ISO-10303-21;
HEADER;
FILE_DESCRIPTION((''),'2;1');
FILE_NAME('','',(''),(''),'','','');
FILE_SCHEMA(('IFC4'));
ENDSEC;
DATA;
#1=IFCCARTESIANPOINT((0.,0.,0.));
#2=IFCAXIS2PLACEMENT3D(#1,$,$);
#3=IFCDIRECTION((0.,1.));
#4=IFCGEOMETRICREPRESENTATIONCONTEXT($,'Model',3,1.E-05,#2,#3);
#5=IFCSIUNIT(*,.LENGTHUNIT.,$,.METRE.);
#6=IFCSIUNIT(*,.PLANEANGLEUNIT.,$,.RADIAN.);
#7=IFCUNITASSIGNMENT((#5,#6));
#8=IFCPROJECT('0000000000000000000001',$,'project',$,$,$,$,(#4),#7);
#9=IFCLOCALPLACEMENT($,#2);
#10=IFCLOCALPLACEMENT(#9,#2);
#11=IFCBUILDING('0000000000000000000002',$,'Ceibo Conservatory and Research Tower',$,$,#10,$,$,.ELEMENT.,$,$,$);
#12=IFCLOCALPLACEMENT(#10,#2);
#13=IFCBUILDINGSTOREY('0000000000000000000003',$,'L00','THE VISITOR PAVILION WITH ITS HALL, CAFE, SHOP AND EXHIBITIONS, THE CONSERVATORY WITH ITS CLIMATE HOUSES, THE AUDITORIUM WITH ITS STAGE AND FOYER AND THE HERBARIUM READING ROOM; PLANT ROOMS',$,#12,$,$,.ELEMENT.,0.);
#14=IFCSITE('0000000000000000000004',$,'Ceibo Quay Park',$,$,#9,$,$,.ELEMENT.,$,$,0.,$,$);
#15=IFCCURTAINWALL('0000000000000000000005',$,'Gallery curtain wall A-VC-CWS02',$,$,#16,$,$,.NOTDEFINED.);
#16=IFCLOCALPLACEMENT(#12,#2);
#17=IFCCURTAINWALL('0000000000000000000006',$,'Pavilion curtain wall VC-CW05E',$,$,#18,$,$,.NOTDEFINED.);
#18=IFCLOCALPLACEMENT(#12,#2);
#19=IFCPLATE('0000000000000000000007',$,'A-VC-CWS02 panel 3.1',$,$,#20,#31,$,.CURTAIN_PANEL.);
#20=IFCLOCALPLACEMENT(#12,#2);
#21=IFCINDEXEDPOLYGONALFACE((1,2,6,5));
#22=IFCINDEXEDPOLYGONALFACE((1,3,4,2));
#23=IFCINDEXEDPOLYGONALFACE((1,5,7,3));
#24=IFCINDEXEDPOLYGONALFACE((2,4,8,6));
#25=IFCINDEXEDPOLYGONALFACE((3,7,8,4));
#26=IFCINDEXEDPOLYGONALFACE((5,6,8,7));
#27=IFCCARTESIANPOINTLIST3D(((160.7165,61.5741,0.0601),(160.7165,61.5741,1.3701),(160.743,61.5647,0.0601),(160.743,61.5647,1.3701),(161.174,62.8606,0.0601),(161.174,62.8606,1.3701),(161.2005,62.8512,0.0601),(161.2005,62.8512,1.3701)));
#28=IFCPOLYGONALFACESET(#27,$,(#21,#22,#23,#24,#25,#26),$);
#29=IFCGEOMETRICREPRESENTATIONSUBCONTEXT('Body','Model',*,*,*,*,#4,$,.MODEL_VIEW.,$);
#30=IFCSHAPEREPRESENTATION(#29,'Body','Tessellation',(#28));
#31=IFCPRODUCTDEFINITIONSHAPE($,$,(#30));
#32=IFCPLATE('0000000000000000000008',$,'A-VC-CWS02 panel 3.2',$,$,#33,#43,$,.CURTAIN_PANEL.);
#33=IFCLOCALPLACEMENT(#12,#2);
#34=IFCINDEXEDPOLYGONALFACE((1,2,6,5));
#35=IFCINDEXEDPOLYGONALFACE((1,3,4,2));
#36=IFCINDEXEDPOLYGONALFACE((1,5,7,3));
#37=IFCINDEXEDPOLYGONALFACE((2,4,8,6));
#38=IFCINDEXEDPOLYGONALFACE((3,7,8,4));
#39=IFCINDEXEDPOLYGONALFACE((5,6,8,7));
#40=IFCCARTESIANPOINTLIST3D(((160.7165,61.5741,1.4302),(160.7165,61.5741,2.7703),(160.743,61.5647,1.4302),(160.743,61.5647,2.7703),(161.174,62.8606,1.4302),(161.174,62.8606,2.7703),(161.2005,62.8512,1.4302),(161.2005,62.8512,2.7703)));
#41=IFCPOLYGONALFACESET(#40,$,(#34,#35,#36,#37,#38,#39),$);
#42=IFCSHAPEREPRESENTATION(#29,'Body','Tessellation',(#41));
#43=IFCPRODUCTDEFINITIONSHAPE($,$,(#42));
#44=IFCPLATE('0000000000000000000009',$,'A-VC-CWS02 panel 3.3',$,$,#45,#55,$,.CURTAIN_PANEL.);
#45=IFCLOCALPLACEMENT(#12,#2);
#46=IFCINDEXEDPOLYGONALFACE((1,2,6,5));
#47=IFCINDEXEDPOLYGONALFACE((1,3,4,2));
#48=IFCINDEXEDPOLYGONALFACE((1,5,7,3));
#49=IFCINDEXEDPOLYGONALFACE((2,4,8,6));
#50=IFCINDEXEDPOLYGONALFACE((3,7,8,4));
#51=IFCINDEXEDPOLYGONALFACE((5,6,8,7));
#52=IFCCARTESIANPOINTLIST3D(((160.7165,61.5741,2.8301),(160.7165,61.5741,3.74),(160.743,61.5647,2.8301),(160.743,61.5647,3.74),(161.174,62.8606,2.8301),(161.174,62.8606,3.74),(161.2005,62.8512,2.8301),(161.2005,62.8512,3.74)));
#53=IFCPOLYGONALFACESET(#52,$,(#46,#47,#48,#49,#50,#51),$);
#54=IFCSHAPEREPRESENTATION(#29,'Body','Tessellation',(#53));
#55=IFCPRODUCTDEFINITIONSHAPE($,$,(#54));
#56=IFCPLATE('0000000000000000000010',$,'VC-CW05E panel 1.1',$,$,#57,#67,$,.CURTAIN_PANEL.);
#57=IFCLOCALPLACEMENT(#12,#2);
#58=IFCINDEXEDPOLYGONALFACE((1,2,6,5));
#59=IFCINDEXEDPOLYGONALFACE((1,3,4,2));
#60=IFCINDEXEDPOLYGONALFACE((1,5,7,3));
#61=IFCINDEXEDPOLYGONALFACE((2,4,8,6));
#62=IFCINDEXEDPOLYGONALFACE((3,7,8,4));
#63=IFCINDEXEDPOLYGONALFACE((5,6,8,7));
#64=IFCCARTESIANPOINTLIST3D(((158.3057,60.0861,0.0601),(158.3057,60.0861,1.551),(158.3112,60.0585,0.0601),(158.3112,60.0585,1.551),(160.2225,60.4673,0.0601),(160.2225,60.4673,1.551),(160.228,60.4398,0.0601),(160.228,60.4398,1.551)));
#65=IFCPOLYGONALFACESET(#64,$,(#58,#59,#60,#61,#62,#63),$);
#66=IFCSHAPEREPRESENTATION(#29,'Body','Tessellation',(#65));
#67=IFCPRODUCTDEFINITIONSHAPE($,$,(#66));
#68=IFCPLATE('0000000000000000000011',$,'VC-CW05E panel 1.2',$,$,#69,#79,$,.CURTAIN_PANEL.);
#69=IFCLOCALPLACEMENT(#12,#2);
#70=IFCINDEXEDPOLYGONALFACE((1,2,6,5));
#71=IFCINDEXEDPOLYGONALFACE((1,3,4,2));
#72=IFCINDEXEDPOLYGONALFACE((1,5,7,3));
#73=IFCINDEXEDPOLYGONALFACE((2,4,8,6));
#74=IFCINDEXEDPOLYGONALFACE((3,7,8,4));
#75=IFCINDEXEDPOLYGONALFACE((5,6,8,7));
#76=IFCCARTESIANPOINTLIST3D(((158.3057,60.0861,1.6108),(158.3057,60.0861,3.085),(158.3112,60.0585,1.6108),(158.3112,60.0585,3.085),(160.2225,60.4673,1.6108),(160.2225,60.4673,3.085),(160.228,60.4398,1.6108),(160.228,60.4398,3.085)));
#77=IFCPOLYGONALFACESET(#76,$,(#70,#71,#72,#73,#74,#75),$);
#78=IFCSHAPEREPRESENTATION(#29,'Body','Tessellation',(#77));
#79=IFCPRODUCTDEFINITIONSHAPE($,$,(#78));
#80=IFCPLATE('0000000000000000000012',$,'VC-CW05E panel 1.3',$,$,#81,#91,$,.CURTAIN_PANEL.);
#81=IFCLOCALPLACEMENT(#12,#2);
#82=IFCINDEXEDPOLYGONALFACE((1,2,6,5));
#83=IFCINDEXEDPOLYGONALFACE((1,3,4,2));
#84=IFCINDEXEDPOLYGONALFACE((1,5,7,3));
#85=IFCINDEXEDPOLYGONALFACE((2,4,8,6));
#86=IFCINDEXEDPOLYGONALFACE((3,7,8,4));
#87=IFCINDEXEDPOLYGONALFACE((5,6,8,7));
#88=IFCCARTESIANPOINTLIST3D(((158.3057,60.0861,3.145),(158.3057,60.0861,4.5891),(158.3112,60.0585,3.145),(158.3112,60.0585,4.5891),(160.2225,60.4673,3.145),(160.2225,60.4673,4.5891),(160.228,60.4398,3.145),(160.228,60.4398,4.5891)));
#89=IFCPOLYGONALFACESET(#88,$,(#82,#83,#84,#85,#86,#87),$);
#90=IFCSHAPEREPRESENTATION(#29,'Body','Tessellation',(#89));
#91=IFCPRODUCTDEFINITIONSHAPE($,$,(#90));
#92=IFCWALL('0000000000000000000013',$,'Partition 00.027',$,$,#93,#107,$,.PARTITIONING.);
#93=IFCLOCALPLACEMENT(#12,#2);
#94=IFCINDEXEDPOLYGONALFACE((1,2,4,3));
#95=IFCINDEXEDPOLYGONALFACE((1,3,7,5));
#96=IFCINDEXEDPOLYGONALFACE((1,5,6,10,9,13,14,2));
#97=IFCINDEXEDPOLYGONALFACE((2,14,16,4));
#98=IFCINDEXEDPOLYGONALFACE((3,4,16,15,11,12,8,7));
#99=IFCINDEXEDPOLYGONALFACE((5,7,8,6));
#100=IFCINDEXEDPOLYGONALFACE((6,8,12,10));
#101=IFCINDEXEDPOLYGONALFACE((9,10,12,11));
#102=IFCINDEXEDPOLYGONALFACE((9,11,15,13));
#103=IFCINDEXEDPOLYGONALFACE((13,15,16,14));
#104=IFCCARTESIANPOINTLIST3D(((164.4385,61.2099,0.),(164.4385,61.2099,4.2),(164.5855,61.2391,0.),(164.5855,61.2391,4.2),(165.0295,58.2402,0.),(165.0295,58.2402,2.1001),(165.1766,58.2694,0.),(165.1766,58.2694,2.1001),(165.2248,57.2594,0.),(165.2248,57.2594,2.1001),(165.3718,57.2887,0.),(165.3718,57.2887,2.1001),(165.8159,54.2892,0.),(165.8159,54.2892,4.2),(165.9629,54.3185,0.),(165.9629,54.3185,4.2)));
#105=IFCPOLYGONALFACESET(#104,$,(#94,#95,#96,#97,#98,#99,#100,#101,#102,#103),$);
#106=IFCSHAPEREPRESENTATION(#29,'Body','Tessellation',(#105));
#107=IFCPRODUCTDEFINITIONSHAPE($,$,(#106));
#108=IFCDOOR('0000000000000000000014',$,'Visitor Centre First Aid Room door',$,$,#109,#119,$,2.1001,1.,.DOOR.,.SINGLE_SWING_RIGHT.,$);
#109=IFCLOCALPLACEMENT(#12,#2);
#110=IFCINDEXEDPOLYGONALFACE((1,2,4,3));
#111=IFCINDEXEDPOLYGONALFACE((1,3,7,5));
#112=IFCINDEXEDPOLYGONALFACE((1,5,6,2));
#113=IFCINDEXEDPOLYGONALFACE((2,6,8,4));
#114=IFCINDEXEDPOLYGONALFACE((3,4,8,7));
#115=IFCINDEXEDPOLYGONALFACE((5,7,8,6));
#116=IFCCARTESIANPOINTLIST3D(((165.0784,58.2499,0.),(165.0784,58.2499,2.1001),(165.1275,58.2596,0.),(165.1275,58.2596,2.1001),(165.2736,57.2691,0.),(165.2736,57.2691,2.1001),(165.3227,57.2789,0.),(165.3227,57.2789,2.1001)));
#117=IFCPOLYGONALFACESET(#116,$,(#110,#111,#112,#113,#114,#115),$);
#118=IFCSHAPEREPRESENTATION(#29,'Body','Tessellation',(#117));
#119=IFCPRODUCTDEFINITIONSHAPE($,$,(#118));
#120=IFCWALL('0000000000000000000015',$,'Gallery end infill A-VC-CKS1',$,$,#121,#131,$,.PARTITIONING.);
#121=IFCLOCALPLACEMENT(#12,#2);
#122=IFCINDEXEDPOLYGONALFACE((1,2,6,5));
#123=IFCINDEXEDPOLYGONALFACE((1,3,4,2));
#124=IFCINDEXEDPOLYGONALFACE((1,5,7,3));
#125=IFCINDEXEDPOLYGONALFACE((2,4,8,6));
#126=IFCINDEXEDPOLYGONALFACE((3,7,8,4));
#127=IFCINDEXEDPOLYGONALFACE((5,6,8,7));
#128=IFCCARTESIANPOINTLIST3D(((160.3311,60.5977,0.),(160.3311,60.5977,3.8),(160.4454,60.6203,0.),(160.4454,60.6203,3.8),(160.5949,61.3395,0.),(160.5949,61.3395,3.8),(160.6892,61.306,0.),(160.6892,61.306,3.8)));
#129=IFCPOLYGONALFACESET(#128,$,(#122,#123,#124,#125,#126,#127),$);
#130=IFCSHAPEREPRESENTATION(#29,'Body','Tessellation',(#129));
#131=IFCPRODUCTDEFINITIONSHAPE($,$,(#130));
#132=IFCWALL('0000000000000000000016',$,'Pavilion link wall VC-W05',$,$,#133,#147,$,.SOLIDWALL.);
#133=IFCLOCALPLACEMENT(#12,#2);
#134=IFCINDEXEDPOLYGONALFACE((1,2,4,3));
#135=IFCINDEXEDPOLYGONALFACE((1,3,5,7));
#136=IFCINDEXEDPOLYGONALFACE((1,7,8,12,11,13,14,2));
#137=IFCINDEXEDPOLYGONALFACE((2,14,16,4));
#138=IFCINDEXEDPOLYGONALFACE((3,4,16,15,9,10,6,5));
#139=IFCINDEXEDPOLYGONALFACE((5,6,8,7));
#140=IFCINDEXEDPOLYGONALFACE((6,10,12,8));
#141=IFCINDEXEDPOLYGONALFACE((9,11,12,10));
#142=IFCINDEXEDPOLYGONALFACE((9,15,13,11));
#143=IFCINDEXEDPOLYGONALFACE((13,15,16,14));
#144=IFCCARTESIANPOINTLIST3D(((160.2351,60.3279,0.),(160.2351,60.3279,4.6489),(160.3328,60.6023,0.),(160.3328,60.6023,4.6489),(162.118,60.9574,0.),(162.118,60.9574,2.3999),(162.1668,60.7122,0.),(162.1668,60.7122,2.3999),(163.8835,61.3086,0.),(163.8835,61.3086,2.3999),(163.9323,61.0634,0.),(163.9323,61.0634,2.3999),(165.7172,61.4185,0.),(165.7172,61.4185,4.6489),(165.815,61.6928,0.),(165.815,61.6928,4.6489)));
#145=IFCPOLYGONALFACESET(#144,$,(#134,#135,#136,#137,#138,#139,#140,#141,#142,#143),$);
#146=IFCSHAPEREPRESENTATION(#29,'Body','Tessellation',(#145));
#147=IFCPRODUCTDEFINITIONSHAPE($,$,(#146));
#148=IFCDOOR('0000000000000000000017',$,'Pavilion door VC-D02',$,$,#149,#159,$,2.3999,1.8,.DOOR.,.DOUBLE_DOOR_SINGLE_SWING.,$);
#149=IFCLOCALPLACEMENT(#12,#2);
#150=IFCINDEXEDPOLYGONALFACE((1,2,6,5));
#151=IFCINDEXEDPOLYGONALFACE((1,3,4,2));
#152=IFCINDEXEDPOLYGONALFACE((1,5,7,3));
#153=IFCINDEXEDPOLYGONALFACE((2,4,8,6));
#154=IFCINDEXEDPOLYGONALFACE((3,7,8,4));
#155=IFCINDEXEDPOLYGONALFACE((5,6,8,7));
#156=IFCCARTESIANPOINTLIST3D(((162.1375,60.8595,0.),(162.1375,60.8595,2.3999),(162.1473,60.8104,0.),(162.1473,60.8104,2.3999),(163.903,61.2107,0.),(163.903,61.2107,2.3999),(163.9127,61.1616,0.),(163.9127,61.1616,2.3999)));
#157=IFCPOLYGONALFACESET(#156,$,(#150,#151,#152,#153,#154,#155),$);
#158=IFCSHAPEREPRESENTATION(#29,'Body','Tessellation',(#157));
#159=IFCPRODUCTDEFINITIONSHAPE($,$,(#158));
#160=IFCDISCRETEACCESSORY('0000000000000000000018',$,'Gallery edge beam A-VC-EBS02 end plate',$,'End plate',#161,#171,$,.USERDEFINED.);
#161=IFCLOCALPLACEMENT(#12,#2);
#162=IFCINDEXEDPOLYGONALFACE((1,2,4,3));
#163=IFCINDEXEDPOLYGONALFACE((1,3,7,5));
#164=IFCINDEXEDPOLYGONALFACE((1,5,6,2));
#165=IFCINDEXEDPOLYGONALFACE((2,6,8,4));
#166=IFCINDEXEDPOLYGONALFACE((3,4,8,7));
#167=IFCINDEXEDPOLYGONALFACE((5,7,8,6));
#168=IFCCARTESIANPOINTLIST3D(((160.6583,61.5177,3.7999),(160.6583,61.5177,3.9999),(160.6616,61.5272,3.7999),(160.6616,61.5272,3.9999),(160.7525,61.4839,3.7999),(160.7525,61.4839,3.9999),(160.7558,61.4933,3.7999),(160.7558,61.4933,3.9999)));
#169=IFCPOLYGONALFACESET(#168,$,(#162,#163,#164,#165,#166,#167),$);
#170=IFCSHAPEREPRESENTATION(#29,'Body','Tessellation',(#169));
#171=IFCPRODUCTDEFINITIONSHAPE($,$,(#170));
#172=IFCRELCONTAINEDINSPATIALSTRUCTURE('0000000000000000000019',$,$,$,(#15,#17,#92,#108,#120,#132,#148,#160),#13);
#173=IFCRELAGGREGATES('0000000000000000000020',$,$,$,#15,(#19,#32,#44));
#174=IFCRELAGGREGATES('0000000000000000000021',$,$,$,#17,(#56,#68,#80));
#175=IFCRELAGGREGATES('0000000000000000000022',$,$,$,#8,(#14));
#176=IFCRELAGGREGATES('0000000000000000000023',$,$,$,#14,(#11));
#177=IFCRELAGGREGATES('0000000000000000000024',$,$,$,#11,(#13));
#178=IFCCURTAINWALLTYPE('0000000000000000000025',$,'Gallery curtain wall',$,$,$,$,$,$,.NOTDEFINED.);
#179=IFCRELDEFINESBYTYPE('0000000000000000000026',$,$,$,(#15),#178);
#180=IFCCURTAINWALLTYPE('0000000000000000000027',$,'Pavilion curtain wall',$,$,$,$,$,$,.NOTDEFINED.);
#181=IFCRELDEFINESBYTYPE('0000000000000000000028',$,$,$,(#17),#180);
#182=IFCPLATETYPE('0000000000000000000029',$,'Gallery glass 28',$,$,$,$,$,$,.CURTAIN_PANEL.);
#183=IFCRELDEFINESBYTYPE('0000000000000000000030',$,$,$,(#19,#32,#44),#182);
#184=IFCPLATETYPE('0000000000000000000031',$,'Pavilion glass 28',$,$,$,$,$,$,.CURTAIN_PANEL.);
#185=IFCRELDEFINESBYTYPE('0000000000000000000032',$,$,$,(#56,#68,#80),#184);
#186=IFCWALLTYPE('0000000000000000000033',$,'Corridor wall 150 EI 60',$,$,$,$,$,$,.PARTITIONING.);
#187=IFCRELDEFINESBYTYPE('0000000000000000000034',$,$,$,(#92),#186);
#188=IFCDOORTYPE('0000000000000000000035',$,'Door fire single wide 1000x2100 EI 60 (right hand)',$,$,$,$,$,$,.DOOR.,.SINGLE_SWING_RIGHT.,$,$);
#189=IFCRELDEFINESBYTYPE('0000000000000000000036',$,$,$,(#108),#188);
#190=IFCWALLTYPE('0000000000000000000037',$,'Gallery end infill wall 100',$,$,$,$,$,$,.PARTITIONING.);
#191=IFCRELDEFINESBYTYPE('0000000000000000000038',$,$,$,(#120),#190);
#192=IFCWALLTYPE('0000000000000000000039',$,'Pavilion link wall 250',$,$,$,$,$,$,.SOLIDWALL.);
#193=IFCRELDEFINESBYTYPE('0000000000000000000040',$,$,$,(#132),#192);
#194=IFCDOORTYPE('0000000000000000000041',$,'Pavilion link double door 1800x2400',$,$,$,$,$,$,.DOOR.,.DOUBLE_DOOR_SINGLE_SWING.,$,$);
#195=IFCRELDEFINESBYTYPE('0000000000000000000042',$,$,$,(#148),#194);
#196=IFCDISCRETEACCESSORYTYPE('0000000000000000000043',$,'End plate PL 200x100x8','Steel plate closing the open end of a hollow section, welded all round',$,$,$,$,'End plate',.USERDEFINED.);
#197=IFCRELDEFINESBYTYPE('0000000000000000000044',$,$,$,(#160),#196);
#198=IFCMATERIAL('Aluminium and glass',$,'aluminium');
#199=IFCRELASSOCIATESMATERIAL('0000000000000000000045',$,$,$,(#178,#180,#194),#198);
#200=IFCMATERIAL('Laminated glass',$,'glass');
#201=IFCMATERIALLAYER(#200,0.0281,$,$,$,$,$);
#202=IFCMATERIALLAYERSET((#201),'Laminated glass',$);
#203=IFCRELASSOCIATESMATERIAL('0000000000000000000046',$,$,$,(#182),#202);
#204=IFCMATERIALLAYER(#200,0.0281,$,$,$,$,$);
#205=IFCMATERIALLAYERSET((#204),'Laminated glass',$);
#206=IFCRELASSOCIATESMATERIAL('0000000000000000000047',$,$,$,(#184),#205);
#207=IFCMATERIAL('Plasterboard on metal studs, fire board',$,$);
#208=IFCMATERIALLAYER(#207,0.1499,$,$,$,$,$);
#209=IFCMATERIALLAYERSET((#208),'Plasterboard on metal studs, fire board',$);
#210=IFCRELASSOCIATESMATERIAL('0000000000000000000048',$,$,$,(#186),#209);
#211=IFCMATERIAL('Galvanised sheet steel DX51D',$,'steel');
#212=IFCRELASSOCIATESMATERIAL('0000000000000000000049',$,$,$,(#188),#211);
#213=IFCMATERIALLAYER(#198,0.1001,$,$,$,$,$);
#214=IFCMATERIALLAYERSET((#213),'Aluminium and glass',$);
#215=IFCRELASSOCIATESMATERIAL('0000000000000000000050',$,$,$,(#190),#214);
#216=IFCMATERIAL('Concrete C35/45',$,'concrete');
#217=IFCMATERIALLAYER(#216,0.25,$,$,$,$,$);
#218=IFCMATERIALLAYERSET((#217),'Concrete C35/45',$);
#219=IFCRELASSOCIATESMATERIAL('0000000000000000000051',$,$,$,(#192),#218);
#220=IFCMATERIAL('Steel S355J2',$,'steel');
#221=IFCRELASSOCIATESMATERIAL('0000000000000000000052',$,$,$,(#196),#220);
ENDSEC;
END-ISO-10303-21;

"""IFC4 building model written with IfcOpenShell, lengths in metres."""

from ifc_helpers import new_model, si_unit, direction, frame, frame_2d, origin, origin_2d, place, context, subcontext, project, spatial, polyline, rectangle, outline, extrude, material, layer, layer_set, material_profile, profile_set, type_object, element, fill, aggregate, save


model = new_model("IFC4")

# Units and contexts
model_context = context("Model", 3, precision=1e-05, world=origin(), true_north=direction((0.0, 1.0)))
body_context = subcontext(model_context, "Body", "Model", "MODEL_VIEW")
ifc_project = project(units=[si_unit("LENGTHUNIT", "METRE"), si_unit("PLANEANGLEUNIT", "RADIAN")], contexts=[model_context])

# Site, building, storey
site_placement = place(None, origin())
site = spatial("IfcSite", under=ifc_project, at=site_placement, Name="Ceibo Quay Park", CompositionType="ELEMENT", RefElevation=0.0)
building_placement = place(site_placement, origin())
building = spatial("IfcBuilding", under=site, at=building_placement, Name="Ceibo Conservatory and Research Tower", CompositionType="ELEMENT")
storey_placement = place(building_placement, origin())
storey = spatial("IfcBuildingStorey", under=building, at=storey_placement, Name="L00", Description="THE VISITOR PAVILION WITH ITS HALL, CAFE, SHOP AND EXHIBITIONS, THE CONSERVATORY WITH ITS CLIMATE HOUSES, THE AUDITORIUM WITH ITS STAGE AND FOYER AND THE HERBARIUM READING ROOM; PLANT ROOMS", CompositionType="ELEMENT", Elevation=0.0)

# Shared definitions
ifc_material_1 = material(Name="Concrete C35/45", Category="concrete")

# Curtain wall
ifc_material_2 = material(Name="Aluminium and glass", Category="aluminium")
curtain_wall_type_1 = type_object("IfcCurtainWallType", Name="Gallery curtain wall", PredefinedType="NOTDEFINED", material=ifc_material_2)
curtain_wall_1_placement = place(storey_placement, origin())
curtain_wall_1 = element("IfcCurtainWall", 1, at=curtain_wall_1_placement, inside=storey, type_object=curtain_wall_type_1, Name="Gallery curtain wall A-VC-CWS02", PredefinedType="NOTDEFINED")

# Shared definitions
curtain_wall_type_2 = type_object("IfcCurtainWallType", Name="Pavilion curtain wall", PredefinedType="NOTDEFINED", material=ifc_material_2)

# Curtain wall
curtain_wall_2_placement = place(storey_placement, origin())
curtain_wall_2 = element("IfcCurtainWall", 2, at=curtain_wall_2_placement, inside=storey, type_object=curtain_wall_type_2, Name="Pavilion curtain wall VC-CW05E", PredefinedType="NOTDEFINED")

# Plates
ifc_material_3 = material(Name="Laminated glass", Category="glass")
ifc_layer_1 = layer(ifc_material_3, 0.0281)
ifc_layer_set_1 = layer_set([ifc_layer_1], Name="Laminated glass")
plate_type_1 = type_object("IfcPlateType", Name="Gallery glass 28", PredefinedType="CURTAIN_PANEL", material=ifc_layer_set_1)
plate_1_placement = place(storey_placement, frame((160.9585, 62.2126, 0.0601), z_axis=(0.0, 0.0, 1.0), x_axis=(-0.33504, -0.942204, 0.0)))
plate_1 = element("IfcPlate", 3, at=plate_1_placement, type_object=plate_type_1, Name="A-VC-CWS02 panel 3.1", PredefinedType="CURTAIN_PANEL", context=body_context, shape_type="SweptSolid", body=[
    extrude(rectangle(XDim=1.3655, YDim=0.0281, at=origin_2d()), origin(), (0.0, 0.0, 1.0), 1.3101),
])
plate_2_placement = place(storey_placement, frame((160.9585, 62.2126, 1.4302), z_axis=(0.0, 0.0, 1.0), x_axis=(-0.33504, -0.942204, 0.0)))
plate_2 = element("IfcPlate", 4, at=plate_2_placement, type_object=plate_type_1, Name="A-VC-CWS02 panel 3.2", PredefinedType="CURTAIN_PANEL", context=body_context, shape_type="SweptSolid", body=[
    extrude(rectangle(XDim=1.3655, YDim=0.0281, at=origin_2d()), origin(), (0.0, 0.0, 1.0), 1.3401),
])
plate_3_placement = place(storey_placement, frame((160.9585, 62.2126, 2.8301), z_axis=(0.0, 0.0, 1.0), x_axis=(-0.33504, -0.942204, 0.0)))
plate_3 = element("IfcPlate", 5, at=plate_3_placement, type_object=plate_type_1, Name="A-VC-CWS02 panel 3.3", PredefinedType="CURTAIN_PANEL", context=body_context, shape_type="SweptSolid", body=[
    extrude(rectangle(XDim=1.3655, YDim=0.0281, at=origin_2d()), origin(), (0.0, 0.0, 1.0), 0.9099),
])
aggregate(curtain_wall_1, [plate_1, plate_2, plate_3])
ifc_layer_2 = layer(ifc_material_3, 0.0281)
ifc_layer_set_2 = layer_set([ifc_layer_2], Name="Laminated glass")
plate_type_2 = type_object("IfcPlateType", Name="Pavilion glass 28", PredefinedType="CURTAIN_PANEL", material=ifc_layer_set_2)
plate_4_placement = place(storey_placement, frame((159.2668, 60.2629, 0.0601), z_axis=(0.0, 0.0, 1.0), x_axis=(-0.980785, -0.19509, 0.0)))
plate_4 = element("IfcPlate", 6, at=plate_4_placement, type_object=plate_type_2, Name="VC-CW05E panel 1.1", PredefinedType="CURTAIN_PANEL", context=body_context, shape_type="SweptSolid", body=[
    extrude(rectangle(XDim=1.9543, YDim=0.0281, at=origin_2d()), origin(), (0.0, 0.0, 1.0), 1.491),
])
plate_5_placement = place(storey_placement, frame((159.2668, 60.2629, 1.6108), z_axis=(0.0, 0.0, 1.0), x_axis=(-0.980785, -0.19509, 0.0)))
plate_5 = element("IfcPlate", 7, at=plate_5_placement, type_object=plate_type_2, Name="VC-CW05E panel 1.2", PredefinedType="CURTAIN_PANEL", context=body_context, shape_type="SweptSolid", body=[
    extrude(rectangle(XDim=1.9543, YDim=0.0281, at=origin_2d()), origin(), (0.0, 0.0, 1.0), 1.4741),
])
plate_6_placement = place(storey_placement, frame((159.2668, 60.2629, 3.145), z_axis=(0.0, 0.0, 1.0), x_axis=(-0.980785, -0.19509, 0.0)))
plate_6 = element("IfcPlate", 8, at=plate_6_placement, type_object=plate_type_2, Name="VC-CW05E panel 1.3", PredefinedType="CURTAIN_PANEL", context=body_context, shape_type="SweptSolid", body=[
    extrude(rectangle(XDim=1.9543, YDim=0.0281, at=origin_2d()), origin(), (0.0, 0.0, 1.0), 1.4441),
])
aggregate(curtain_wall_2, [plate_4, plate_5, plate_6])

# Wall, opening, door
ifc_material_4 = material(Name="Plasterboard on metal studs, fire board")
ifc_layer_3 = layer(ifc_material_4, 0.1499)
ifc_layer_set_3 = layer_set([ifc_layer_3], Name="Plasterboard on metal studs, fire board")
wall_type_1 = type_object("IfcWallType", Name="Corridor wall 150 EI 60", PredefinedType="PARTITIONING", material=ifc_layer_set_3)
wall_1_placement = place(storey_placement, frame((164.512, 61.2246, 0.0), z_axis=(0.0, 0.0, 1.0), x_axis=(0.195205, -0.980763, 0.0)))
wall_1 = element("IfcWall", 9, at=wall_1_placement, inside=storey, type_object=wall_type_1, Name="Partition 00.027", PredefinedType="PARTITIONING", context=body_context, shape_type="SweptSolid", body=[
    extrude(rectangle(XDim=7.0564, YDim=0.1499, at=frame_2d((3.5283, 0.0))), origin(), (0.0, 0.0, 1.0), 4.2),
])
opening_1_placement = place(wall_1_placement, frame((3.0281, 0.0, 0.0)))
opening_1 = element("IfcOpeningElement", 10, at=opening_1_placement, cuts=wall_1, PredefinedType="OPENING", context=body_context, shape_type="SweptSolid", body=[
    extrude(rectangle(XDim=1.0, YDim=2.1001, at=frame_2d((0.5, 1.05))), frame((0.0, 0.085, 0.0), z_axis=(0.0, -1.0, 0.0), x_axis=(1.0, 0.0, 0.0)), (0.0, 0.0, 1.0), 0.1699),
])
ifc_material_5 = material(Name="Galvanised sheet steel DX51D", Category="steel")
door_type_1 = type_object("IfcDoorType", Name="Door fire single wide 1000x2100 EI 60 (right hand)", OperationType="SINGLE_SWING_RIGHT", PredefinedType="DOOR", material=ifc_material_5)
door_1_placement = place(opening_1_placement, origin())
door_1 = element("IfcDoor", 11, at=door_1_placement, inside=storey, type_object=door_type_1, Name="Visitor Centre First Aid Room door", OperationType="SINGLE_SWING_RIGHT", OverallHeight=2.1001, OverallWidth=1.0, PredefinedType="DOOR", context=body_context, shape_type="SweptSolid", body=[
    extrude(rectangle(XDim=1.0, YDim=2.1001, at=frame_2d((0.5, 1.05))), frame((0.0, 0.0249, 0.0), z_axis=(0.0, -1.0, 0.0), x_axis=(1.0, 0.0, 0.0)), (0.0, 0.0, 1.0), 0.05),
])
fill(opening_1, door_1)

# Wall
ifc_layer_4 = layer(ifc_material_2, 0.1001)
ifc_layer_set_4 = layer_set([ifc_layer_4], Name="Aluminium and glass")
wall_type_2 = type_object("IfcWallType", Name="Gallery end infill wall 100", PredefinedType="PARTITIONING", material=ifc_layer_set_4)
wall_2_placement = place(storey_placement, frame((160.6421, 61.3228, 0.0), z_axis=(0.0, 0.0, 1.0), x_axis=(-0.335111, -0.942179, 0.0)))
element("IfcWall", 12, at=wall_2_placement, inside=storey, type_object=wall_type_2, Name="Gallery end infill A-VC-CKS1", PredefinedType="PARTITIONING", context=body_context, shape_type="SweptSolid", body=[
    extrude(outline(polyline([(0.0, -0.05), (0.7874, -0.05), (0.7278, 0.05), (0.0, 0.05), (0.0, -0.05)])), origin(), (0.0, 0.0, 1.0), 3.8),
])

# Wall, opening, door
ifc_layer_5 = layer(ifc_material_1, 0.25)
ifc_layer_set_5 = layer_set([ifc_layer_5], Name="Concrete C35/45")
wall_type_3 = type_object("IfcWallType", Name="Pavilion link wall 250", PredefinedType="SOLIDWALL", material=ifc_layer_set_5)
wall_3_placement = place(storey_placement, frame((165.7661, 61.5557, 0.0), z_axis=(0.0, 0.0, 1.0), x_axis=(-0.980782, -0.195108, 0.0)))
wall_3 = element("IfcWall", 13, at=wall_3_placement, inside=storey, type_object=wall_type_3, Name="Pavilion link wall VC-W05", PredefinedType="SOLIDWALL", context=body_context, shape_type="SweptSolid", body=[
    extrude(outline(polyline([(-0.0747, -0.125), (5.5149, -0.125), (5.6643, 0.125), (0.0747, 0.125), (-0.0747, -0.125)])), origin(), (0.0, 0.0, 1.0), 4.6489),
])
opening_2_placement = place(wall_3_placement, frame((1.8948, 0.0, 0.0)))
opening_2 = element("IfcOpeningElement", 14, at=opening_2_placement, cuts=wall_3, PredefinedType="OPENING", context=body_context, shape_type="SweptSolid", body=[
    extrude(rectangle(XDim=1.8, YDim=2.3999, at=frame_2d((0.8999, 1.2))), frame((0.0, 0.135, 0.0), z_axis=(0.0, -1.0, 0.0), x_axis=(1.0, 0.0, 0.0)), (0.0, 0.0, 1.0), 0.27),
])
door_type_2 = type_object("IfcDoorType", Name="Pavilion link double door 1800x2400", OperationType="DOUBLE_DOOR_SINGLE_SWING", PredefinedType="DOOR", material=ifc_material_2)
door_2_placement = place(opening_2_placement, origin())
door_2 = element("IfcDoor", 15, at=door_2_placement, inside=storey, type_object=door_type_2, Name="Pavilion door VC-D02", OperationType="DOUBLE_DOOR_SINGLE_SWING", OverallHeight=2.3999, OverallWidth=1.8, PredefinedType="DOOR", context=body_context, shape_type="SweptSolid", body=[
    extrude(rectangle(XDim=1.8, YDim=2.3999, at=frame_2d((0.8999, 1.2))), frame((0.0, 0.0249, 0.0), z_axis=(0.0, -1.0, 0.0), x_axis=(1.0, 0.0, 0.0)), (0.0, 0.0, 1.0), 0.05),
])
fill(opening_2, door_2)

# Discrete accessory
ifc_material_6 = material(Name="Steel S355J2", Category="steel")
ifc_material_profile_1 = material_profile(ifc_material_6, rectangle(XDim=0.1001, YDim=0.2, at=origin_2d()), Name="End plate PL 200x100x8")
ifc_profile_set_1 = profile_set([ifc_material_profile_1], Name="Steel S355J2")
discrete_accessory_type_1 = type_object("IfcDiscreteAccessoryType", Name="End plate PL 200x100x8", Description="Steel plate closing the open end of a hollow section, welded all round", ElementType="End plate", PredefinedType="USERDEFINED", material=ifc_profile_set_1)
discrete_accessory_1_placement = place(storey_placement, frame((160.7087, 61.5103, 3.8999), z_axis=(-0.337865, -0.941195, 0.0), x_axis=(0.941195, -0.337865, 0.0)))
element("IfcDiscreteAccessory", 16, at=discrete_accessory_1_placement, inside=storey, type_object=discrete_accessory_type_1, Name="Gallery edge beam A-VC-EBS02 end plate", ObjectType="End plate", PredefinedType="USERDEFINED", context=body_context, shape_type="SweptSolid", body=[
    extrude(rectangle(XDim=0.1001, YDim=0.2, at=origin_2d()), origin(), (0.0, 0.0, 1.0), 0.01),
])

save(model, "model.ifc")
